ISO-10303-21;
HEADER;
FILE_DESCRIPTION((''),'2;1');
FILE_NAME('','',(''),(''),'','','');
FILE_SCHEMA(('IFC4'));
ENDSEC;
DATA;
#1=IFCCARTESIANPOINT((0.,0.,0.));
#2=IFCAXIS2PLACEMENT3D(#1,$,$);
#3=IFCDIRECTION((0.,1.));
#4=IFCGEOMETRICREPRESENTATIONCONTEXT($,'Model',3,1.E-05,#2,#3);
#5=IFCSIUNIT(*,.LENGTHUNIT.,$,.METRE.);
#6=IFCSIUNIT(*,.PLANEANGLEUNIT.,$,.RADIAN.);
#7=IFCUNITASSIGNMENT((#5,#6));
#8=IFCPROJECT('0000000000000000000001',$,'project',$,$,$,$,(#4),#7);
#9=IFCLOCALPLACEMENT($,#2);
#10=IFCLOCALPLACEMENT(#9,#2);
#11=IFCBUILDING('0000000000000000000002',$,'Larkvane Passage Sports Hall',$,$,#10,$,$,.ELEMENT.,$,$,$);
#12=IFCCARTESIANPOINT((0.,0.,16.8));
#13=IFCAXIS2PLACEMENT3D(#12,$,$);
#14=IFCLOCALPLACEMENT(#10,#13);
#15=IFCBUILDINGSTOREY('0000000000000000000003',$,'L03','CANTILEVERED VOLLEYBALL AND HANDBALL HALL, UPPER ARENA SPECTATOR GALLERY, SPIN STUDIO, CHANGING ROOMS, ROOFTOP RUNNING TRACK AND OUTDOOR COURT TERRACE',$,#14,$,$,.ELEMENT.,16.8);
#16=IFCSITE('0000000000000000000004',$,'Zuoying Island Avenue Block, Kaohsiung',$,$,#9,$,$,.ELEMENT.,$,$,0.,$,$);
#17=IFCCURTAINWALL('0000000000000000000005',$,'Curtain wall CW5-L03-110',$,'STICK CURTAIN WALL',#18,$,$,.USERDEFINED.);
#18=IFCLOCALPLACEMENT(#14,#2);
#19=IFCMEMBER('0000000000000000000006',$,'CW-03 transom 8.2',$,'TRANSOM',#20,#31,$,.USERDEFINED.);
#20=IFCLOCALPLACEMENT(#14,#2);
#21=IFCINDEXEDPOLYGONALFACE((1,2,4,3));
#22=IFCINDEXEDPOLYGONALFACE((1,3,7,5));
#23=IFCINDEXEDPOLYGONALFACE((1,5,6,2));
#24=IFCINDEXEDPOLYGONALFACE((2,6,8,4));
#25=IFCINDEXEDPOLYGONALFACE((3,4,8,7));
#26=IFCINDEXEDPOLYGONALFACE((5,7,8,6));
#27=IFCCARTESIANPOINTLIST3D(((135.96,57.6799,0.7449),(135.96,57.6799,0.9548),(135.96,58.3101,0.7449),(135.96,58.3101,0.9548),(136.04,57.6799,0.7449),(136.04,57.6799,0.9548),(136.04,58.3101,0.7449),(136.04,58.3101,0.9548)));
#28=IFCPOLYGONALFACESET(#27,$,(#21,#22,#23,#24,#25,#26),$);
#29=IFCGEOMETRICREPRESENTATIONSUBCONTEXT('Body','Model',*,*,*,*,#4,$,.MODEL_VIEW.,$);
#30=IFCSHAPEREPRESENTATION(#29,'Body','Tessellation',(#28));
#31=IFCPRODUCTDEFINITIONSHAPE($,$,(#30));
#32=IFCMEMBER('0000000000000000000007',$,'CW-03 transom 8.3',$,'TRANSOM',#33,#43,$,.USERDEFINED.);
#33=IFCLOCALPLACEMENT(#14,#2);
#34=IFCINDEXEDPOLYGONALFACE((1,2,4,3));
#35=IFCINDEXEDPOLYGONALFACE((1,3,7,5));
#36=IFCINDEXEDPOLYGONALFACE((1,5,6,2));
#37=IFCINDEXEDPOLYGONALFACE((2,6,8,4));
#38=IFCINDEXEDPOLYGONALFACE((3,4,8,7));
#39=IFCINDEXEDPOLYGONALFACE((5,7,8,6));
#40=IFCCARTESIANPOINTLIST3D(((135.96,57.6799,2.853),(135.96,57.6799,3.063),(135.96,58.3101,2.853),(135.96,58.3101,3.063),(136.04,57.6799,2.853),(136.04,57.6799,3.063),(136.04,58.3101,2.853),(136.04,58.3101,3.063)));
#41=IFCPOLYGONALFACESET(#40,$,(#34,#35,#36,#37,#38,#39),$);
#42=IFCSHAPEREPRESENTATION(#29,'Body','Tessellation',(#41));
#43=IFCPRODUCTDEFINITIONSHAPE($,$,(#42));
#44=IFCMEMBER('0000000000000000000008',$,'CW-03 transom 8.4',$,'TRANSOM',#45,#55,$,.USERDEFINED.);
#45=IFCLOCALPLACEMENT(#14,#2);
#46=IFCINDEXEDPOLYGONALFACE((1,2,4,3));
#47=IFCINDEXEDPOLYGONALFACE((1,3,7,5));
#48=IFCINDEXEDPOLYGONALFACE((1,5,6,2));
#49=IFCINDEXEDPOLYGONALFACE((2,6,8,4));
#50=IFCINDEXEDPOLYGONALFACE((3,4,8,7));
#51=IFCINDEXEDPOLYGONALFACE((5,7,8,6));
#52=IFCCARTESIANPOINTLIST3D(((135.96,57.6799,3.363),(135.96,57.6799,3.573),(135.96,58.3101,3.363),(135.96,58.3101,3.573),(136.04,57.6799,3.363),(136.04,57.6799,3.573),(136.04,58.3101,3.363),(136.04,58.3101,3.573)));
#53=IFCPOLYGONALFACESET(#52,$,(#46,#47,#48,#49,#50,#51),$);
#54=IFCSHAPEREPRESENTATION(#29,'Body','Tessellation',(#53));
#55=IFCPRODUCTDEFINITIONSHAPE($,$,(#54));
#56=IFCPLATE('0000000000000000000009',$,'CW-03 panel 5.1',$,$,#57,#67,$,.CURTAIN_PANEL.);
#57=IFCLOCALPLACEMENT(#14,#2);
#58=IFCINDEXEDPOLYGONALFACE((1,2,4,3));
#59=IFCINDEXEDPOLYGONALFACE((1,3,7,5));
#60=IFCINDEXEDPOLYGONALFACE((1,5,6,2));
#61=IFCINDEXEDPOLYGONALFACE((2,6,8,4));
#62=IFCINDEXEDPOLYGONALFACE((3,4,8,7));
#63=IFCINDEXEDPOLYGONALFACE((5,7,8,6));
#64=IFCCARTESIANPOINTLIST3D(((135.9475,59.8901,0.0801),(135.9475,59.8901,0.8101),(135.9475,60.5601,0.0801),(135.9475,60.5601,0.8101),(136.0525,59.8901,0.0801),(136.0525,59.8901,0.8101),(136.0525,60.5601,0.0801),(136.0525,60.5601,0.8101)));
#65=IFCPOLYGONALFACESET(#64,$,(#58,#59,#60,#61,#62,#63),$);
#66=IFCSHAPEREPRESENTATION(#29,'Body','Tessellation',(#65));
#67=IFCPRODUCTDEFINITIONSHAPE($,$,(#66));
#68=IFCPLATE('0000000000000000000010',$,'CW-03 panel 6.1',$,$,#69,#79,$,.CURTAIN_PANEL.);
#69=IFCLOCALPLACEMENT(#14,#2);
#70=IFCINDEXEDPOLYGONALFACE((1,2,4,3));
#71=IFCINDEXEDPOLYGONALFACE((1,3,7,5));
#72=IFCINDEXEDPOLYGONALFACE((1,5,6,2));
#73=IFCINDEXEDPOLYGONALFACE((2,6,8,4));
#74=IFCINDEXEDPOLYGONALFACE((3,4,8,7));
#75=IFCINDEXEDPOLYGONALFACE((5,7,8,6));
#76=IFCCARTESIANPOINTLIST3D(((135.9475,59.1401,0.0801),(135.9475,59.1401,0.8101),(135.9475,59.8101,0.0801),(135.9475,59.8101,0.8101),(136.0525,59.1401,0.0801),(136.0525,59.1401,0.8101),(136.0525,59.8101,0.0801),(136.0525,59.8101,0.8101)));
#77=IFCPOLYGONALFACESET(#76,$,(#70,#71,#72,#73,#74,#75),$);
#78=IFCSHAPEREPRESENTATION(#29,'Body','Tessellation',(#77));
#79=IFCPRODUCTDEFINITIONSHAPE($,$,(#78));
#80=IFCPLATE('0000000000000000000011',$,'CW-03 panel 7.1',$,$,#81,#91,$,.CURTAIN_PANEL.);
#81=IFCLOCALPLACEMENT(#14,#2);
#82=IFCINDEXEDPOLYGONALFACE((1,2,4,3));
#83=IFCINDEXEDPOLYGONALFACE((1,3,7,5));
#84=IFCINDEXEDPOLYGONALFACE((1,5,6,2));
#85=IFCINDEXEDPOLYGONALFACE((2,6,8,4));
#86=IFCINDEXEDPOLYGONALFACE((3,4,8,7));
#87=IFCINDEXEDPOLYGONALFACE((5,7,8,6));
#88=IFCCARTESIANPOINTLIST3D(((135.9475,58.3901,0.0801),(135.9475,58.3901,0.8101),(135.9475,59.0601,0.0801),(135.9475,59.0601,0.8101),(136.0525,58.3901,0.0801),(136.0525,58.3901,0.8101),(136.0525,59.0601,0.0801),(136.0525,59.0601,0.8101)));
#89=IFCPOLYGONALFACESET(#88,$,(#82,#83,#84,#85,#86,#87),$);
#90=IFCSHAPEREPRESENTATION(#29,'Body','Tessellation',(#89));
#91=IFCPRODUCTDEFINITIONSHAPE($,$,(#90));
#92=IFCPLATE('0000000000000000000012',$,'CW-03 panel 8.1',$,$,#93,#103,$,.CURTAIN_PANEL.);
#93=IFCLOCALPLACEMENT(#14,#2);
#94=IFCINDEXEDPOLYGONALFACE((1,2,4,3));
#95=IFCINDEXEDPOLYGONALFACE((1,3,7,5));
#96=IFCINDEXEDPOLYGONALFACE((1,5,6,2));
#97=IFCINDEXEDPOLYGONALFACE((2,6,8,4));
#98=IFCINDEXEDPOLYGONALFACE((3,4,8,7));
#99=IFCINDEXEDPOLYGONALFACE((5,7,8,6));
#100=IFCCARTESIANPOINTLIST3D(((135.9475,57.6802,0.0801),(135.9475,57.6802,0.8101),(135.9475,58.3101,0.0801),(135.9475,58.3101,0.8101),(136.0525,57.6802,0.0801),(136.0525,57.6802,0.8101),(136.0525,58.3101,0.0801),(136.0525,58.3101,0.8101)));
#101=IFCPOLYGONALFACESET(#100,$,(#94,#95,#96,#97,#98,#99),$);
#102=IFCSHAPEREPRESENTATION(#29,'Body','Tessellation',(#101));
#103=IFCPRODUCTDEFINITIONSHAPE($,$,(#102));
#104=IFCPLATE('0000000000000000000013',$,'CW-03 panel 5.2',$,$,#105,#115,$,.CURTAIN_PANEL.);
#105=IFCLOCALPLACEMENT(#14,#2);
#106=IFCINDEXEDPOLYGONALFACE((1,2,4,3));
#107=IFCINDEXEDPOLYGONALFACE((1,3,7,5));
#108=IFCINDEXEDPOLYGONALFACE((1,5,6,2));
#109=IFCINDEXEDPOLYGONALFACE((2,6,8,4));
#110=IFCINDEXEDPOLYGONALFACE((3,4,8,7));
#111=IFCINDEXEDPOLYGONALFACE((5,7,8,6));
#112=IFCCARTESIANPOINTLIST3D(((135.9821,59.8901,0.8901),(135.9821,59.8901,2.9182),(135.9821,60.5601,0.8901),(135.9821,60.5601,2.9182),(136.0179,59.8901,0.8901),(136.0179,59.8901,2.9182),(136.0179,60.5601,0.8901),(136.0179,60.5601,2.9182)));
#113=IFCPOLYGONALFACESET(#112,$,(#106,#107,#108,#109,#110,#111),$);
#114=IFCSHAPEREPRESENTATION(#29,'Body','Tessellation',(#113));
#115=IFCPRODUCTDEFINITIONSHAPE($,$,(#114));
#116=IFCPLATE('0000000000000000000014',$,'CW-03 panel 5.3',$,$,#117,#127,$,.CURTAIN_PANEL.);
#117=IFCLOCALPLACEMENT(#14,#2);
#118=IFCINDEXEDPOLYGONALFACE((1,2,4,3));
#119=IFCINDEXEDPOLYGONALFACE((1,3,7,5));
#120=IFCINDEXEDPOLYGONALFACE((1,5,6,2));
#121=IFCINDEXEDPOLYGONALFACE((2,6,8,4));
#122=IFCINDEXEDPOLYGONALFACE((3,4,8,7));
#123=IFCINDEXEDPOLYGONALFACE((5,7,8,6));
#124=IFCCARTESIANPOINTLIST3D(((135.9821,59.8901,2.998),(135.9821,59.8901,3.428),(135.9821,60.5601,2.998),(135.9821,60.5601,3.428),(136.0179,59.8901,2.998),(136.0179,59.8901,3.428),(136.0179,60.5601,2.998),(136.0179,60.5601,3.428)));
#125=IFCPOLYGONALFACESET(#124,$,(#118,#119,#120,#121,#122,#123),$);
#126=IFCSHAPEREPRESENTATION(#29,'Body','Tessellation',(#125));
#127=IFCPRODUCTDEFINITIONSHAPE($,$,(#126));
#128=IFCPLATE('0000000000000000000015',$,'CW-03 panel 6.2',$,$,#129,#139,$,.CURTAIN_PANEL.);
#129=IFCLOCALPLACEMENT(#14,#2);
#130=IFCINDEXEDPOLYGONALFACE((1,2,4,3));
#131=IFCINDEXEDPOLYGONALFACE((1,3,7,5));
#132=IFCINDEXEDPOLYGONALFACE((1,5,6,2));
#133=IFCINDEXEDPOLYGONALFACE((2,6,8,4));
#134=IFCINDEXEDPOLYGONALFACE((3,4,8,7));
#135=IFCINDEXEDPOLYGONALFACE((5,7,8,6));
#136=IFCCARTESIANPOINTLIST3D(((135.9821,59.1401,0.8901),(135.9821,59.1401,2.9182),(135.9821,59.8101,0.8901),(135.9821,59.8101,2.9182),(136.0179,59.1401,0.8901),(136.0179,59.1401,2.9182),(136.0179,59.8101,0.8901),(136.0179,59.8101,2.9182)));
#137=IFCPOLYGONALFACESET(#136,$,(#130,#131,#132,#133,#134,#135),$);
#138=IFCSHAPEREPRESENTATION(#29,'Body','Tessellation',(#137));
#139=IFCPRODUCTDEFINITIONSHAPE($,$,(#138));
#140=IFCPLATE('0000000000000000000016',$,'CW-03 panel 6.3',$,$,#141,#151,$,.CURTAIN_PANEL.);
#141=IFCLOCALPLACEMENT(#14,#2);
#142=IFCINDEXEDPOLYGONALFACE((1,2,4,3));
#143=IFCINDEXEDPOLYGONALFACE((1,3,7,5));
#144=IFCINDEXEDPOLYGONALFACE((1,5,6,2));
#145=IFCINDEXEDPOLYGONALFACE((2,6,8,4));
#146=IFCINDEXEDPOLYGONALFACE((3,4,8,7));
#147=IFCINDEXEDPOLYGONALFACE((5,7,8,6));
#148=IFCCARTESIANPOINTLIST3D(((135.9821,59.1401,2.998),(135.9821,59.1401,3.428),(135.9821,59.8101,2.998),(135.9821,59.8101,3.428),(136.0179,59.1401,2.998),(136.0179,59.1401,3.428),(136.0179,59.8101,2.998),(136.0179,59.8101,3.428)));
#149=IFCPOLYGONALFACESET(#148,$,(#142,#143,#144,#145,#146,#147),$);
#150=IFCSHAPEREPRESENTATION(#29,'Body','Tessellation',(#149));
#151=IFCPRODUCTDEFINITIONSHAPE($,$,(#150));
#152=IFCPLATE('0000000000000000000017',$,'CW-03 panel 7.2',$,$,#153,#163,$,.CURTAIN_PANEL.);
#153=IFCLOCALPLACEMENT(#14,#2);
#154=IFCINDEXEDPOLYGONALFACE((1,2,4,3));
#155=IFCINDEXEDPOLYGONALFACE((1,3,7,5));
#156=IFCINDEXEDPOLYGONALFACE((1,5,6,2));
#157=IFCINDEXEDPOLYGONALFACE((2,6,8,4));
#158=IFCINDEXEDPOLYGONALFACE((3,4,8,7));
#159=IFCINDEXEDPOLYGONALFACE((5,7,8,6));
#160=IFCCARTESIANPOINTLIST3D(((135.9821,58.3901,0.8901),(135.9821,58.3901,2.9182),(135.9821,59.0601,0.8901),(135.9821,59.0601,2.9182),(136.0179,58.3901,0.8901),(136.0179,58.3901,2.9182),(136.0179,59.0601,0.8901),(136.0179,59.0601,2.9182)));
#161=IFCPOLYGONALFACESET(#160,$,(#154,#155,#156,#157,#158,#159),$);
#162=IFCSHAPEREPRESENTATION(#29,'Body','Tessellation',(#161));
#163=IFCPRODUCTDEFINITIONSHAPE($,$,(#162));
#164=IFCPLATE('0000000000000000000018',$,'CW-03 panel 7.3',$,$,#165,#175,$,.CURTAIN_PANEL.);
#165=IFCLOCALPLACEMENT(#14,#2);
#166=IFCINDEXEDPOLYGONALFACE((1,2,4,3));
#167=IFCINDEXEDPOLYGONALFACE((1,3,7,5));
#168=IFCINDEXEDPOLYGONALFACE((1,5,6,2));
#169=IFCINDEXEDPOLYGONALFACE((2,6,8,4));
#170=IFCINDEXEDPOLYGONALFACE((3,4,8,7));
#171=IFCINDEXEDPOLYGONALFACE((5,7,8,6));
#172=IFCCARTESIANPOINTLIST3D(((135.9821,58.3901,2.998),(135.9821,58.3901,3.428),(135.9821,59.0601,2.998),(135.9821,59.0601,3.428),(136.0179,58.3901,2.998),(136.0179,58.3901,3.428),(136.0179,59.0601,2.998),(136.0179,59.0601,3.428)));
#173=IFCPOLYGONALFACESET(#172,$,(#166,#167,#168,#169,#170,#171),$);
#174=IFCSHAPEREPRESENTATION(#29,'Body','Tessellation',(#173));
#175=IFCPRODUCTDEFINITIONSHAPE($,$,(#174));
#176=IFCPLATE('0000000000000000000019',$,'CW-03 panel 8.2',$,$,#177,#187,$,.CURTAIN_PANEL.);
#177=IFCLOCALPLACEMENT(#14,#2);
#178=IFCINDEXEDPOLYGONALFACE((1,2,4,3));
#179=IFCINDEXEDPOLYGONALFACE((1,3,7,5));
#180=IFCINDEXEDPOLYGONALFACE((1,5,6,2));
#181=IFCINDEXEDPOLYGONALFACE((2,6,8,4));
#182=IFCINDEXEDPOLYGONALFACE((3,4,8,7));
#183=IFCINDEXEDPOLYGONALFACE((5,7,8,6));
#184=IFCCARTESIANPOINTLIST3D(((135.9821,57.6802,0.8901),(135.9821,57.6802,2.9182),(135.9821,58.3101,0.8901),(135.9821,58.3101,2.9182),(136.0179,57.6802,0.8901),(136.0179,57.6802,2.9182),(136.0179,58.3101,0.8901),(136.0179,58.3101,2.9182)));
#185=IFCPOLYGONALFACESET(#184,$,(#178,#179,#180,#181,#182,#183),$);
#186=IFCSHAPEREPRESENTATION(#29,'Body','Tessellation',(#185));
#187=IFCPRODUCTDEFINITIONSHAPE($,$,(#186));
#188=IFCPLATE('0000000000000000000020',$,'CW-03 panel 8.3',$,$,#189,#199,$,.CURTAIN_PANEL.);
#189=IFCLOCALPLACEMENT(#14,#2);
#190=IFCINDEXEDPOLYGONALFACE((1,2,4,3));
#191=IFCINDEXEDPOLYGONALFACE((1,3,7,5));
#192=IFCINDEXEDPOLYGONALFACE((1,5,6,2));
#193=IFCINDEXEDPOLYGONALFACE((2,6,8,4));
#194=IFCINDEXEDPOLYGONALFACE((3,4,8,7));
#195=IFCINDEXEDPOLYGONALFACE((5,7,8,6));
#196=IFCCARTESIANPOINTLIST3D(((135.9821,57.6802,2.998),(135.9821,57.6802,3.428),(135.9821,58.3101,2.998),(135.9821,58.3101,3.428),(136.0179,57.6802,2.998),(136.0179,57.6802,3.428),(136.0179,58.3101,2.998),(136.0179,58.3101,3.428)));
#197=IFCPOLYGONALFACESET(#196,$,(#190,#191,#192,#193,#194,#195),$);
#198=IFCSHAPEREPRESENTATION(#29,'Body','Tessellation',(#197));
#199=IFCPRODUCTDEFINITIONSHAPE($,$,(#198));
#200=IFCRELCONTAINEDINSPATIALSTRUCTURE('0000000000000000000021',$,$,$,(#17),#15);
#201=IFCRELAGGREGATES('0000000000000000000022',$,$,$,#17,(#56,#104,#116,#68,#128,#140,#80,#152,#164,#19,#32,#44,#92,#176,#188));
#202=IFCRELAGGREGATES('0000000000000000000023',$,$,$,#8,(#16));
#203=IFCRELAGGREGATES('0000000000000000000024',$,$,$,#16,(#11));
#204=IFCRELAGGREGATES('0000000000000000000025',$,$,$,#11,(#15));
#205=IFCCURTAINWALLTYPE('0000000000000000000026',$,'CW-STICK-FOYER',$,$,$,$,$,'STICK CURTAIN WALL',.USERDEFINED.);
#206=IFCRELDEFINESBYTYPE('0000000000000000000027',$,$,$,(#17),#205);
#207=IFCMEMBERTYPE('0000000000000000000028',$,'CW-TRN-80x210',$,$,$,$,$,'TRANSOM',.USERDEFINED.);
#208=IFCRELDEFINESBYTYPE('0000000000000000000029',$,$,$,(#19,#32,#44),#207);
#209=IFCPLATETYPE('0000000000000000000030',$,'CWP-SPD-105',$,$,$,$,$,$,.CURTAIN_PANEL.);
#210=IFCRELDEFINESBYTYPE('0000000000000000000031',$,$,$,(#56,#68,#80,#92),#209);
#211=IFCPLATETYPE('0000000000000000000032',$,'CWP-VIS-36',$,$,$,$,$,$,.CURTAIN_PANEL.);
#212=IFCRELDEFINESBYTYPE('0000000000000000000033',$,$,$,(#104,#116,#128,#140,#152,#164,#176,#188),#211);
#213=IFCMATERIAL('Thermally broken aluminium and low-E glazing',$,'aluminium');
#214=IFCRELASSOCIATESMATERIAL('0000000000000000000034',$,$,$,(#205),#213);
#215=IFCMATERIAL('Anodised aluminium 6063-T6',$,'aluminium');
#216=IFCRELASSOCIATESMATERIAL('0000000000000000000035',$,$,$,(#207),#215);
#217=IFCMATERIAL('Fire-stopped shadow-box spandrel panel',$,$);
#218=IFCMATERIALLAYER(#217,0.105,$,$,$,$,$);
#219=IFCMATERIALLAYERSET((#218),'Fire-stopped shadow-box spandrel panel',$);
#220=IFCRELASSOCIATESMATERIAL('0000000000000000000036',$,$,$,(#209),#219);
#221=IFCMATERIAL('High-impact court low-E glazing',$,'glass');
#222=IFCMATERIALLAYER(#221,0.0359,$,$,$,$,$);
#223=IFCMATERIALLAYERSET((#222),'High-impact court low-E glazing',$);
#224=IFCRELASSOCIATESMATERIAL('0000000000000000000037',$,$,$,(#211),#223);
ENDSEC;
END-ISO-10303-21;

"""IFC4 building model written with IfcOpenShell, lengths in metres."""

from ifc_helpers import new_model, si_unit, direction, frame, origin, origin_2d, place, context, subcontext, project, spatial, rectangle, extrude, material, layer, layer_set, material_profile, profile_set, type_object, element, aggregate, save


model = new_model("IFC4")

# Units and contexts
model_context = context("Model", 3, precision=1e-05, world=origin(), true_north=direction((0.0, 1.0)))
body_context = subcontext(model_context, "Body", "Model", "MODEL_VIEW")
ifc_project = project(units=[si_unit("LENGTHUNIT", "METRE"), si_unit("PLANEANGLEUNIT", "RADIAN")], contexts=[model_context])

# Site, building, storey
site_placement = place(None, origin())
site = spatial("IfcSite", under=ifc_project, at=site_placement, Name="Zuoying Island Avenue Block, Kaohsiung", CompositionType="ELEMENT", RefElevation=0.0)
building_placement = place(site_placement, origin())
building = spatial("IfcBuilding", under=site, at=building_placement, Name="Larkvane Passage Sports Hall", CompositionType="ELEMENT")
storey_placement = place(building_placement, frame((0.0, 0.0, 16.8)))
storey = spatial("IfcBuildingStorey", under=building, at=storey_placement, Name="L03", Description="CANTILEVERED VOLLEYBALL AND HANDBALL HALL, UPPER ARENA SPECTATOR GALLERY, SPIN STUDIO, CHANGING ROOMS, ROOFTOP RUNNING TRACK AND OUTDOOR COURT TERRACE", CompositionType="ELEMENT", Elevation=16.8)

# Curtain wall, members, plates
ifc_material_1 = material(Name="Thermally broken aluminium and low-E glazing", Category="aluminium")
curtain_wall_type = type_object("IfcCurtainWallType", Name="CW-STICK-FOYER", ElementType="STICK CURTAIN WALL", PredefinedType="USERDEFINED", material=ifc_material_1)
curtain_wall_placement = place(storey_placement, origin())
curtain_wall = element("IfcCurtainWall", 1, at=curtain_wall_placement, inside=storey, type_object=curtain_wall_type, Name="Curtain wall CW5-L03-110", ObjectType="STICK CURTAIN WALL", PredefinedType="USERDEFINED")
ifc_material_2 = material(Name="Anodised aluminium 6063-T6", Category="aluminium")
ifc_material_profile_1 = material_profile(ifc_material_2, rectangle(XDim=0.0801, YDim=0.21, at=origin_2d()), Name="ALU-TRN-80x210")
ifc_profile_set_1 = profile_set([ifc_material_profile_1], Name="Anodised aluminium 6063-T6")
member_type_1 = type_object("IfcMemberType", Name="CW-TRN-80x210", ElementType="TRANSOM", PredefinedType="USERDEFINED", material=ifc_profile_set_1)
member_1_placement = place(storey_placement, frame((136.0, 58.3101, 0.8499), z_axis=(0.0, -1.0, 0.0), x_axis=(1.0, 0.0, 0.0)))
member_1 = element("IfcMember", 2, at=member_1_placement, type_object=member_type_1, Name="CW-03 transom 8.2", ObjectType="TRANSOM", PredefinedType="USERDEFINED", context=body_context, shape_type="SweptSolid", body=[
    extrude(rectangle(XDim=0.0801, YDim=0.21, at=origin_2d()), origin(), (0.0, 0.0, 1.0), 0.6301),
])
member_2_placement = place(storey_placement, frame((136.0, 58.3101, 2.958), z_axis=(0.0, -1.0, 0.0), x_axis=(1.0, 0.0, 0.0)))
member_2 = element("IfcMember", 3, at=member_2_placement, type_object=member_type_1, Name="CW-03 transom 8.3", ObjectType="TRANSOM", PredefinedType="USERDEFINED", context=body_context, shape_type="SweptSolid", body=[
    extrude(rectangle(XDim=0.0801, YDim=0.21, at=origin_2d()), origin(), (0.0, 0.0, 1.0), 0.6301),
])
member_3_placement = place(storey_placement, frame((136.0, 58.3101, 3.468), z_axis=(0.0, -1.0, 0.0), x_axis=(1.0, 0.0, 0.0)))
member_3 = element("IfcMember", 4, at=member_3_placement, type_object=member_type_1, Name="CW-03 transom 8.4", ObjectType="TRANSOM", PredefinedType="USERDEFINED", context=body_context, shape_type="SweptSolid", body=[
    extrude(rectangle(XDim=0.0801, YDim=0.21, at=origin_2d()), origin(), (0.0, 0.0, 1.0), 0.6301),
])
ifc_material_3 = material(Name="Fire-stopped shadow-box spandrel panel")
ifc_layer_1 = layer(ifc_material_3, 0.105)
ifc_layer_set_1 = layer_set([ifc_layer_1], Name="Fire-stopped shadow-box spandrel panel")
plate_type_1 = type_object("IfcPlateType", Name="CWP-SPD-105", PredefinedType="CURTAIN_PANEL", material=ifc_layer_set_1)
plate_1_placement = place(storey_placement, frame((136.0, 60.2251, 0.0801), z_axis=(0.0, 0.0, 1.0), x_axis=(0.0, -1.0, 0.0)))
plate_1 = element("IfcPlate", 5, at=plate_1_placement, type_object=plate_type_1, Name="CW-03 panel 5.1", PredefinedType="CURTAIN_PANEL", context=body_context, shape_type="SweptSolid", body=[
    extrude(rectangle(XDim=0.6699, YDim=0.105, at=origin_2d()), origin(), (0.0, 0.0, 1.0), 0.73),
])
plate_2_placement = place(storey_placement, frame((136.0, 59.4751, 0.0801), z_axis=(0.0, 0.0, 1.0), x_axis=(0.0, -1.0, 0.0)))
plate_2 = element("IfcPlate", 6, at=plate_2_placement, type_object=plate_type_1, Name="CW-03 panel 6.1", PredefinedType="CURTAIN_PANEL", context=body_context, shape_type="SweptSolid", body=[
    extrude(rectangle(XDim=0.6699, YDim=0.105, at=origin_2d()), origin(), (0.0, 0.0, 1.0), 0.73),
])
plate_3_placement = place(storey_placement, frame((136.0, 58.7251, 0.0801), z_axis=(0.0, 0.0, 1.0), x_axis=(0.0, -1.0, 0.0)))
plate_3 = element("IfcPlate", 7, at=plate_3_placement, type_object=plate_type_1, Name="CW-03 panel 7.1", PredefinedType="CURTAIN_PANEL", context=body_context, shape_type="SweptSolid", body=[
    extrude(rectangle(XDim=0.6699, YDim=0.105, at=origin_2d()), origin(), (0.0, 0.0, 1.0), 0.73),
])
plate_4_placement = place(storey_placement, frame((136.0, 57.9951, 0.0801), z_axis=(0.0, 0.0, 1.0), x_axis=(0.0, -1.0, 0.0)))
plate_4 = element("IfcPlate", 8, at=plate_4_placement, type_object=plate_type_1, Name="CW-03 panel 8.1", PredefinedType="CURTAIN_PANEL", context=body_context, shape_type="SweptSolid", body=[
    extrude(rectangle(XDim=0.6299, YDim=0.105, at=origin_2d()), origin(), (0.0, 0.0, 1.0), 0.73),
])
ifc_material_4 = material(Name="High-impact court low-E glazing", Category="glass")
ifc_layer_2 = layer(ifc_material_4, 0.0359)
ifc_layer_set_2 = layer_set([ifc_layer_2], Name="High-impact court low-E glazing")
plate_type_2 = type_object("IfcPlateType", Name="CWP-VIS-36", PredefinedType="CURTAIN_PANEL", material=ifc_layer_set_2)
plate_5_placement = place(storey_placement, frame((136.0, 60.2251, 0.8901), z_axis=(0.0, 0.0, 1.0), x_axis=(0.0, -1.0, 0.0)))
plate_5 = element("IfcPlate", 9, at=plate_5_placement, type_object=plate_type_2, Name="CW-03 panel 5.2", PredefinedType="CURTAIN_PANEL", context=body_context, shape_type="SweptSolid", body=[
    extrude(rectangle(XDim=0.6699, YDim=0.0359, at=origin_2d()), origin(), (0.0, 0.0, 1.0), 2.0281),
])
plate_6_placement = place(storey_placement, frame((136.0, 60.2251, 2.998), z_axis=(0.0, 0.0, 1.0), x_axis=(0.0, -1.0, 0.0)))
plate_6 = element("IfcPlate", 10, at=plate_6_placement, type_object=plate_type_2, Name="CW-03 panel 5.3", PredefinedType="CURTAIN_PANEL", context=body_context, shape_type="SweptSolid", body=[
    extrude(rectangle(XDim=0.6699, YDim=0.0359, at=origin_2d()), origin(), (0.0, 0.0, 1.0), 0.4299),
])
plate_7_placement = place(storey_placement, frame((136.0, 59.4751, 0.8901), z_axis=(0.0, 0.0, 1.0), x_axis=(0.0, -1.0, 0.0)))
plate_7 = element("IfcPlate", 11, at=plate_7_placement, type_object=plate_type_2, Name="CW-03 panel 6.2", PredefinedType="CURTAIN_PANEL", context=body_context, shape_type="SweptSolid", body=[
    extrude(rectangle(XDim=0.6699, YDim=0.0359, at=origin_2d()), origin(), (0.0, 0.0, 1.0), 2.0281),
])
plate_8_placement = place(storey_placement, frame((136.0, 59.4751, 2.998), z_axis=(0.0, 0.0, 1.0), x_axis=(0.0, -1.0, 0.0)))
plate_8 = element("IfcPlate", 12, at=plate_8_placement, type_object=plate_type_2, Name="CW-03 panel 6.3", PredefinedType="CURTAIN_PANEL", context=body_context, shape_type="SweptSolid", body=[
    extrude(rectangle(XDim=0.6699, YDim=0.0359, at=origin_2d()), origin(), (0.0, 0.0, 1.0), 0.4299),
])
plate_9_placement = place(storey_placement, frame((136.0, 58.7251, 0.8901), z_axis=(0.0, 0.0, 1.0), x_axis=(0.0, -1.0, 0.0)))
plate_9 = element("IfcPlate", 13, at=plate_9_placement, type_object=plate_type_2, Name="CW-03 panel 7.2", PredefinedType="CURTAIN_PANEL", context=body_context, shape_type="SweptSolid", body=[
    extrude(rectangle(XDim=0.6699, YDim=0.0359, at=origin_2d()), origin(), (0.0, 0.0, 1.0), 2.0281),
])
plate_10_placement = place(storey_placement, frame((136.0, 58.7251, 2.998), z_axis=(0.0, 0.0, 1.0), x_axis=(0.0, -1.0, 0.0)))
plate_10 = element("IfcPlate", 14, at=plate_10_placement, type_object=plate_type_2, Name="CW-03 panel 7.3", PredefinedType="CURTAIN_PANEL", context=body_context, shape_type="SweptSolid", body=[
    extrude(rectangle(XDim=0.6699, YDim=0.0359, at=origin_2d()), origin(), (0.0, 0.0, 1.0), 0.4299),
])
plate_11_placement = place(storey_placement, frame((136.0, 57.9951, 0.8901), z_axis=(0.0, 0.0, 1.0), x_axis=(0.0, -1.0, 0.0)))
plate_11 = element("IfcPlate", 15, at=plate_11_placement, type_object=plate_type_2, Name="CW-03 panel 8.2", PredefinedType="CURTAIN_PANEL", context=body_context, shape_type="SweptSolid", body=[
    extrude(rectangle(XDim=0.6299, YDim=0.0359, at=origin_2d()), origin(), (0.0, 0.0, 1.0), 2.0281),
])
plate_12_placement = place(storey_placement, frame((136.0, 57.9951, 2.998), z_axis=(0.0, 0.0, 1.0), x_axis=(0.0, -1.0, 0.0)))
plate_12 = element("IfcPlate", 16, at=plate_12_placement, type_object=plate_type_2, Name="CW-03 panel 8.3", PredefinedType="CURTAIN_PANEL", context=body_context, shape_type="SweptSolid", body=[
    extrude(rectangle(XDim=0.6299, YDim=0.0359, at=origin_2d()), origin(), (0.0, 0.0, 1.0), 0.4299),
])
aggregate(curtain_wall, [plate_1, plate_5, plate_6, plate_2, plate_7, plate_8, plate_3, plate_9, plate_10, member_1, member_2, member_3, plate_4, plate_11, plate_12])

save(model, "model.ifc")
